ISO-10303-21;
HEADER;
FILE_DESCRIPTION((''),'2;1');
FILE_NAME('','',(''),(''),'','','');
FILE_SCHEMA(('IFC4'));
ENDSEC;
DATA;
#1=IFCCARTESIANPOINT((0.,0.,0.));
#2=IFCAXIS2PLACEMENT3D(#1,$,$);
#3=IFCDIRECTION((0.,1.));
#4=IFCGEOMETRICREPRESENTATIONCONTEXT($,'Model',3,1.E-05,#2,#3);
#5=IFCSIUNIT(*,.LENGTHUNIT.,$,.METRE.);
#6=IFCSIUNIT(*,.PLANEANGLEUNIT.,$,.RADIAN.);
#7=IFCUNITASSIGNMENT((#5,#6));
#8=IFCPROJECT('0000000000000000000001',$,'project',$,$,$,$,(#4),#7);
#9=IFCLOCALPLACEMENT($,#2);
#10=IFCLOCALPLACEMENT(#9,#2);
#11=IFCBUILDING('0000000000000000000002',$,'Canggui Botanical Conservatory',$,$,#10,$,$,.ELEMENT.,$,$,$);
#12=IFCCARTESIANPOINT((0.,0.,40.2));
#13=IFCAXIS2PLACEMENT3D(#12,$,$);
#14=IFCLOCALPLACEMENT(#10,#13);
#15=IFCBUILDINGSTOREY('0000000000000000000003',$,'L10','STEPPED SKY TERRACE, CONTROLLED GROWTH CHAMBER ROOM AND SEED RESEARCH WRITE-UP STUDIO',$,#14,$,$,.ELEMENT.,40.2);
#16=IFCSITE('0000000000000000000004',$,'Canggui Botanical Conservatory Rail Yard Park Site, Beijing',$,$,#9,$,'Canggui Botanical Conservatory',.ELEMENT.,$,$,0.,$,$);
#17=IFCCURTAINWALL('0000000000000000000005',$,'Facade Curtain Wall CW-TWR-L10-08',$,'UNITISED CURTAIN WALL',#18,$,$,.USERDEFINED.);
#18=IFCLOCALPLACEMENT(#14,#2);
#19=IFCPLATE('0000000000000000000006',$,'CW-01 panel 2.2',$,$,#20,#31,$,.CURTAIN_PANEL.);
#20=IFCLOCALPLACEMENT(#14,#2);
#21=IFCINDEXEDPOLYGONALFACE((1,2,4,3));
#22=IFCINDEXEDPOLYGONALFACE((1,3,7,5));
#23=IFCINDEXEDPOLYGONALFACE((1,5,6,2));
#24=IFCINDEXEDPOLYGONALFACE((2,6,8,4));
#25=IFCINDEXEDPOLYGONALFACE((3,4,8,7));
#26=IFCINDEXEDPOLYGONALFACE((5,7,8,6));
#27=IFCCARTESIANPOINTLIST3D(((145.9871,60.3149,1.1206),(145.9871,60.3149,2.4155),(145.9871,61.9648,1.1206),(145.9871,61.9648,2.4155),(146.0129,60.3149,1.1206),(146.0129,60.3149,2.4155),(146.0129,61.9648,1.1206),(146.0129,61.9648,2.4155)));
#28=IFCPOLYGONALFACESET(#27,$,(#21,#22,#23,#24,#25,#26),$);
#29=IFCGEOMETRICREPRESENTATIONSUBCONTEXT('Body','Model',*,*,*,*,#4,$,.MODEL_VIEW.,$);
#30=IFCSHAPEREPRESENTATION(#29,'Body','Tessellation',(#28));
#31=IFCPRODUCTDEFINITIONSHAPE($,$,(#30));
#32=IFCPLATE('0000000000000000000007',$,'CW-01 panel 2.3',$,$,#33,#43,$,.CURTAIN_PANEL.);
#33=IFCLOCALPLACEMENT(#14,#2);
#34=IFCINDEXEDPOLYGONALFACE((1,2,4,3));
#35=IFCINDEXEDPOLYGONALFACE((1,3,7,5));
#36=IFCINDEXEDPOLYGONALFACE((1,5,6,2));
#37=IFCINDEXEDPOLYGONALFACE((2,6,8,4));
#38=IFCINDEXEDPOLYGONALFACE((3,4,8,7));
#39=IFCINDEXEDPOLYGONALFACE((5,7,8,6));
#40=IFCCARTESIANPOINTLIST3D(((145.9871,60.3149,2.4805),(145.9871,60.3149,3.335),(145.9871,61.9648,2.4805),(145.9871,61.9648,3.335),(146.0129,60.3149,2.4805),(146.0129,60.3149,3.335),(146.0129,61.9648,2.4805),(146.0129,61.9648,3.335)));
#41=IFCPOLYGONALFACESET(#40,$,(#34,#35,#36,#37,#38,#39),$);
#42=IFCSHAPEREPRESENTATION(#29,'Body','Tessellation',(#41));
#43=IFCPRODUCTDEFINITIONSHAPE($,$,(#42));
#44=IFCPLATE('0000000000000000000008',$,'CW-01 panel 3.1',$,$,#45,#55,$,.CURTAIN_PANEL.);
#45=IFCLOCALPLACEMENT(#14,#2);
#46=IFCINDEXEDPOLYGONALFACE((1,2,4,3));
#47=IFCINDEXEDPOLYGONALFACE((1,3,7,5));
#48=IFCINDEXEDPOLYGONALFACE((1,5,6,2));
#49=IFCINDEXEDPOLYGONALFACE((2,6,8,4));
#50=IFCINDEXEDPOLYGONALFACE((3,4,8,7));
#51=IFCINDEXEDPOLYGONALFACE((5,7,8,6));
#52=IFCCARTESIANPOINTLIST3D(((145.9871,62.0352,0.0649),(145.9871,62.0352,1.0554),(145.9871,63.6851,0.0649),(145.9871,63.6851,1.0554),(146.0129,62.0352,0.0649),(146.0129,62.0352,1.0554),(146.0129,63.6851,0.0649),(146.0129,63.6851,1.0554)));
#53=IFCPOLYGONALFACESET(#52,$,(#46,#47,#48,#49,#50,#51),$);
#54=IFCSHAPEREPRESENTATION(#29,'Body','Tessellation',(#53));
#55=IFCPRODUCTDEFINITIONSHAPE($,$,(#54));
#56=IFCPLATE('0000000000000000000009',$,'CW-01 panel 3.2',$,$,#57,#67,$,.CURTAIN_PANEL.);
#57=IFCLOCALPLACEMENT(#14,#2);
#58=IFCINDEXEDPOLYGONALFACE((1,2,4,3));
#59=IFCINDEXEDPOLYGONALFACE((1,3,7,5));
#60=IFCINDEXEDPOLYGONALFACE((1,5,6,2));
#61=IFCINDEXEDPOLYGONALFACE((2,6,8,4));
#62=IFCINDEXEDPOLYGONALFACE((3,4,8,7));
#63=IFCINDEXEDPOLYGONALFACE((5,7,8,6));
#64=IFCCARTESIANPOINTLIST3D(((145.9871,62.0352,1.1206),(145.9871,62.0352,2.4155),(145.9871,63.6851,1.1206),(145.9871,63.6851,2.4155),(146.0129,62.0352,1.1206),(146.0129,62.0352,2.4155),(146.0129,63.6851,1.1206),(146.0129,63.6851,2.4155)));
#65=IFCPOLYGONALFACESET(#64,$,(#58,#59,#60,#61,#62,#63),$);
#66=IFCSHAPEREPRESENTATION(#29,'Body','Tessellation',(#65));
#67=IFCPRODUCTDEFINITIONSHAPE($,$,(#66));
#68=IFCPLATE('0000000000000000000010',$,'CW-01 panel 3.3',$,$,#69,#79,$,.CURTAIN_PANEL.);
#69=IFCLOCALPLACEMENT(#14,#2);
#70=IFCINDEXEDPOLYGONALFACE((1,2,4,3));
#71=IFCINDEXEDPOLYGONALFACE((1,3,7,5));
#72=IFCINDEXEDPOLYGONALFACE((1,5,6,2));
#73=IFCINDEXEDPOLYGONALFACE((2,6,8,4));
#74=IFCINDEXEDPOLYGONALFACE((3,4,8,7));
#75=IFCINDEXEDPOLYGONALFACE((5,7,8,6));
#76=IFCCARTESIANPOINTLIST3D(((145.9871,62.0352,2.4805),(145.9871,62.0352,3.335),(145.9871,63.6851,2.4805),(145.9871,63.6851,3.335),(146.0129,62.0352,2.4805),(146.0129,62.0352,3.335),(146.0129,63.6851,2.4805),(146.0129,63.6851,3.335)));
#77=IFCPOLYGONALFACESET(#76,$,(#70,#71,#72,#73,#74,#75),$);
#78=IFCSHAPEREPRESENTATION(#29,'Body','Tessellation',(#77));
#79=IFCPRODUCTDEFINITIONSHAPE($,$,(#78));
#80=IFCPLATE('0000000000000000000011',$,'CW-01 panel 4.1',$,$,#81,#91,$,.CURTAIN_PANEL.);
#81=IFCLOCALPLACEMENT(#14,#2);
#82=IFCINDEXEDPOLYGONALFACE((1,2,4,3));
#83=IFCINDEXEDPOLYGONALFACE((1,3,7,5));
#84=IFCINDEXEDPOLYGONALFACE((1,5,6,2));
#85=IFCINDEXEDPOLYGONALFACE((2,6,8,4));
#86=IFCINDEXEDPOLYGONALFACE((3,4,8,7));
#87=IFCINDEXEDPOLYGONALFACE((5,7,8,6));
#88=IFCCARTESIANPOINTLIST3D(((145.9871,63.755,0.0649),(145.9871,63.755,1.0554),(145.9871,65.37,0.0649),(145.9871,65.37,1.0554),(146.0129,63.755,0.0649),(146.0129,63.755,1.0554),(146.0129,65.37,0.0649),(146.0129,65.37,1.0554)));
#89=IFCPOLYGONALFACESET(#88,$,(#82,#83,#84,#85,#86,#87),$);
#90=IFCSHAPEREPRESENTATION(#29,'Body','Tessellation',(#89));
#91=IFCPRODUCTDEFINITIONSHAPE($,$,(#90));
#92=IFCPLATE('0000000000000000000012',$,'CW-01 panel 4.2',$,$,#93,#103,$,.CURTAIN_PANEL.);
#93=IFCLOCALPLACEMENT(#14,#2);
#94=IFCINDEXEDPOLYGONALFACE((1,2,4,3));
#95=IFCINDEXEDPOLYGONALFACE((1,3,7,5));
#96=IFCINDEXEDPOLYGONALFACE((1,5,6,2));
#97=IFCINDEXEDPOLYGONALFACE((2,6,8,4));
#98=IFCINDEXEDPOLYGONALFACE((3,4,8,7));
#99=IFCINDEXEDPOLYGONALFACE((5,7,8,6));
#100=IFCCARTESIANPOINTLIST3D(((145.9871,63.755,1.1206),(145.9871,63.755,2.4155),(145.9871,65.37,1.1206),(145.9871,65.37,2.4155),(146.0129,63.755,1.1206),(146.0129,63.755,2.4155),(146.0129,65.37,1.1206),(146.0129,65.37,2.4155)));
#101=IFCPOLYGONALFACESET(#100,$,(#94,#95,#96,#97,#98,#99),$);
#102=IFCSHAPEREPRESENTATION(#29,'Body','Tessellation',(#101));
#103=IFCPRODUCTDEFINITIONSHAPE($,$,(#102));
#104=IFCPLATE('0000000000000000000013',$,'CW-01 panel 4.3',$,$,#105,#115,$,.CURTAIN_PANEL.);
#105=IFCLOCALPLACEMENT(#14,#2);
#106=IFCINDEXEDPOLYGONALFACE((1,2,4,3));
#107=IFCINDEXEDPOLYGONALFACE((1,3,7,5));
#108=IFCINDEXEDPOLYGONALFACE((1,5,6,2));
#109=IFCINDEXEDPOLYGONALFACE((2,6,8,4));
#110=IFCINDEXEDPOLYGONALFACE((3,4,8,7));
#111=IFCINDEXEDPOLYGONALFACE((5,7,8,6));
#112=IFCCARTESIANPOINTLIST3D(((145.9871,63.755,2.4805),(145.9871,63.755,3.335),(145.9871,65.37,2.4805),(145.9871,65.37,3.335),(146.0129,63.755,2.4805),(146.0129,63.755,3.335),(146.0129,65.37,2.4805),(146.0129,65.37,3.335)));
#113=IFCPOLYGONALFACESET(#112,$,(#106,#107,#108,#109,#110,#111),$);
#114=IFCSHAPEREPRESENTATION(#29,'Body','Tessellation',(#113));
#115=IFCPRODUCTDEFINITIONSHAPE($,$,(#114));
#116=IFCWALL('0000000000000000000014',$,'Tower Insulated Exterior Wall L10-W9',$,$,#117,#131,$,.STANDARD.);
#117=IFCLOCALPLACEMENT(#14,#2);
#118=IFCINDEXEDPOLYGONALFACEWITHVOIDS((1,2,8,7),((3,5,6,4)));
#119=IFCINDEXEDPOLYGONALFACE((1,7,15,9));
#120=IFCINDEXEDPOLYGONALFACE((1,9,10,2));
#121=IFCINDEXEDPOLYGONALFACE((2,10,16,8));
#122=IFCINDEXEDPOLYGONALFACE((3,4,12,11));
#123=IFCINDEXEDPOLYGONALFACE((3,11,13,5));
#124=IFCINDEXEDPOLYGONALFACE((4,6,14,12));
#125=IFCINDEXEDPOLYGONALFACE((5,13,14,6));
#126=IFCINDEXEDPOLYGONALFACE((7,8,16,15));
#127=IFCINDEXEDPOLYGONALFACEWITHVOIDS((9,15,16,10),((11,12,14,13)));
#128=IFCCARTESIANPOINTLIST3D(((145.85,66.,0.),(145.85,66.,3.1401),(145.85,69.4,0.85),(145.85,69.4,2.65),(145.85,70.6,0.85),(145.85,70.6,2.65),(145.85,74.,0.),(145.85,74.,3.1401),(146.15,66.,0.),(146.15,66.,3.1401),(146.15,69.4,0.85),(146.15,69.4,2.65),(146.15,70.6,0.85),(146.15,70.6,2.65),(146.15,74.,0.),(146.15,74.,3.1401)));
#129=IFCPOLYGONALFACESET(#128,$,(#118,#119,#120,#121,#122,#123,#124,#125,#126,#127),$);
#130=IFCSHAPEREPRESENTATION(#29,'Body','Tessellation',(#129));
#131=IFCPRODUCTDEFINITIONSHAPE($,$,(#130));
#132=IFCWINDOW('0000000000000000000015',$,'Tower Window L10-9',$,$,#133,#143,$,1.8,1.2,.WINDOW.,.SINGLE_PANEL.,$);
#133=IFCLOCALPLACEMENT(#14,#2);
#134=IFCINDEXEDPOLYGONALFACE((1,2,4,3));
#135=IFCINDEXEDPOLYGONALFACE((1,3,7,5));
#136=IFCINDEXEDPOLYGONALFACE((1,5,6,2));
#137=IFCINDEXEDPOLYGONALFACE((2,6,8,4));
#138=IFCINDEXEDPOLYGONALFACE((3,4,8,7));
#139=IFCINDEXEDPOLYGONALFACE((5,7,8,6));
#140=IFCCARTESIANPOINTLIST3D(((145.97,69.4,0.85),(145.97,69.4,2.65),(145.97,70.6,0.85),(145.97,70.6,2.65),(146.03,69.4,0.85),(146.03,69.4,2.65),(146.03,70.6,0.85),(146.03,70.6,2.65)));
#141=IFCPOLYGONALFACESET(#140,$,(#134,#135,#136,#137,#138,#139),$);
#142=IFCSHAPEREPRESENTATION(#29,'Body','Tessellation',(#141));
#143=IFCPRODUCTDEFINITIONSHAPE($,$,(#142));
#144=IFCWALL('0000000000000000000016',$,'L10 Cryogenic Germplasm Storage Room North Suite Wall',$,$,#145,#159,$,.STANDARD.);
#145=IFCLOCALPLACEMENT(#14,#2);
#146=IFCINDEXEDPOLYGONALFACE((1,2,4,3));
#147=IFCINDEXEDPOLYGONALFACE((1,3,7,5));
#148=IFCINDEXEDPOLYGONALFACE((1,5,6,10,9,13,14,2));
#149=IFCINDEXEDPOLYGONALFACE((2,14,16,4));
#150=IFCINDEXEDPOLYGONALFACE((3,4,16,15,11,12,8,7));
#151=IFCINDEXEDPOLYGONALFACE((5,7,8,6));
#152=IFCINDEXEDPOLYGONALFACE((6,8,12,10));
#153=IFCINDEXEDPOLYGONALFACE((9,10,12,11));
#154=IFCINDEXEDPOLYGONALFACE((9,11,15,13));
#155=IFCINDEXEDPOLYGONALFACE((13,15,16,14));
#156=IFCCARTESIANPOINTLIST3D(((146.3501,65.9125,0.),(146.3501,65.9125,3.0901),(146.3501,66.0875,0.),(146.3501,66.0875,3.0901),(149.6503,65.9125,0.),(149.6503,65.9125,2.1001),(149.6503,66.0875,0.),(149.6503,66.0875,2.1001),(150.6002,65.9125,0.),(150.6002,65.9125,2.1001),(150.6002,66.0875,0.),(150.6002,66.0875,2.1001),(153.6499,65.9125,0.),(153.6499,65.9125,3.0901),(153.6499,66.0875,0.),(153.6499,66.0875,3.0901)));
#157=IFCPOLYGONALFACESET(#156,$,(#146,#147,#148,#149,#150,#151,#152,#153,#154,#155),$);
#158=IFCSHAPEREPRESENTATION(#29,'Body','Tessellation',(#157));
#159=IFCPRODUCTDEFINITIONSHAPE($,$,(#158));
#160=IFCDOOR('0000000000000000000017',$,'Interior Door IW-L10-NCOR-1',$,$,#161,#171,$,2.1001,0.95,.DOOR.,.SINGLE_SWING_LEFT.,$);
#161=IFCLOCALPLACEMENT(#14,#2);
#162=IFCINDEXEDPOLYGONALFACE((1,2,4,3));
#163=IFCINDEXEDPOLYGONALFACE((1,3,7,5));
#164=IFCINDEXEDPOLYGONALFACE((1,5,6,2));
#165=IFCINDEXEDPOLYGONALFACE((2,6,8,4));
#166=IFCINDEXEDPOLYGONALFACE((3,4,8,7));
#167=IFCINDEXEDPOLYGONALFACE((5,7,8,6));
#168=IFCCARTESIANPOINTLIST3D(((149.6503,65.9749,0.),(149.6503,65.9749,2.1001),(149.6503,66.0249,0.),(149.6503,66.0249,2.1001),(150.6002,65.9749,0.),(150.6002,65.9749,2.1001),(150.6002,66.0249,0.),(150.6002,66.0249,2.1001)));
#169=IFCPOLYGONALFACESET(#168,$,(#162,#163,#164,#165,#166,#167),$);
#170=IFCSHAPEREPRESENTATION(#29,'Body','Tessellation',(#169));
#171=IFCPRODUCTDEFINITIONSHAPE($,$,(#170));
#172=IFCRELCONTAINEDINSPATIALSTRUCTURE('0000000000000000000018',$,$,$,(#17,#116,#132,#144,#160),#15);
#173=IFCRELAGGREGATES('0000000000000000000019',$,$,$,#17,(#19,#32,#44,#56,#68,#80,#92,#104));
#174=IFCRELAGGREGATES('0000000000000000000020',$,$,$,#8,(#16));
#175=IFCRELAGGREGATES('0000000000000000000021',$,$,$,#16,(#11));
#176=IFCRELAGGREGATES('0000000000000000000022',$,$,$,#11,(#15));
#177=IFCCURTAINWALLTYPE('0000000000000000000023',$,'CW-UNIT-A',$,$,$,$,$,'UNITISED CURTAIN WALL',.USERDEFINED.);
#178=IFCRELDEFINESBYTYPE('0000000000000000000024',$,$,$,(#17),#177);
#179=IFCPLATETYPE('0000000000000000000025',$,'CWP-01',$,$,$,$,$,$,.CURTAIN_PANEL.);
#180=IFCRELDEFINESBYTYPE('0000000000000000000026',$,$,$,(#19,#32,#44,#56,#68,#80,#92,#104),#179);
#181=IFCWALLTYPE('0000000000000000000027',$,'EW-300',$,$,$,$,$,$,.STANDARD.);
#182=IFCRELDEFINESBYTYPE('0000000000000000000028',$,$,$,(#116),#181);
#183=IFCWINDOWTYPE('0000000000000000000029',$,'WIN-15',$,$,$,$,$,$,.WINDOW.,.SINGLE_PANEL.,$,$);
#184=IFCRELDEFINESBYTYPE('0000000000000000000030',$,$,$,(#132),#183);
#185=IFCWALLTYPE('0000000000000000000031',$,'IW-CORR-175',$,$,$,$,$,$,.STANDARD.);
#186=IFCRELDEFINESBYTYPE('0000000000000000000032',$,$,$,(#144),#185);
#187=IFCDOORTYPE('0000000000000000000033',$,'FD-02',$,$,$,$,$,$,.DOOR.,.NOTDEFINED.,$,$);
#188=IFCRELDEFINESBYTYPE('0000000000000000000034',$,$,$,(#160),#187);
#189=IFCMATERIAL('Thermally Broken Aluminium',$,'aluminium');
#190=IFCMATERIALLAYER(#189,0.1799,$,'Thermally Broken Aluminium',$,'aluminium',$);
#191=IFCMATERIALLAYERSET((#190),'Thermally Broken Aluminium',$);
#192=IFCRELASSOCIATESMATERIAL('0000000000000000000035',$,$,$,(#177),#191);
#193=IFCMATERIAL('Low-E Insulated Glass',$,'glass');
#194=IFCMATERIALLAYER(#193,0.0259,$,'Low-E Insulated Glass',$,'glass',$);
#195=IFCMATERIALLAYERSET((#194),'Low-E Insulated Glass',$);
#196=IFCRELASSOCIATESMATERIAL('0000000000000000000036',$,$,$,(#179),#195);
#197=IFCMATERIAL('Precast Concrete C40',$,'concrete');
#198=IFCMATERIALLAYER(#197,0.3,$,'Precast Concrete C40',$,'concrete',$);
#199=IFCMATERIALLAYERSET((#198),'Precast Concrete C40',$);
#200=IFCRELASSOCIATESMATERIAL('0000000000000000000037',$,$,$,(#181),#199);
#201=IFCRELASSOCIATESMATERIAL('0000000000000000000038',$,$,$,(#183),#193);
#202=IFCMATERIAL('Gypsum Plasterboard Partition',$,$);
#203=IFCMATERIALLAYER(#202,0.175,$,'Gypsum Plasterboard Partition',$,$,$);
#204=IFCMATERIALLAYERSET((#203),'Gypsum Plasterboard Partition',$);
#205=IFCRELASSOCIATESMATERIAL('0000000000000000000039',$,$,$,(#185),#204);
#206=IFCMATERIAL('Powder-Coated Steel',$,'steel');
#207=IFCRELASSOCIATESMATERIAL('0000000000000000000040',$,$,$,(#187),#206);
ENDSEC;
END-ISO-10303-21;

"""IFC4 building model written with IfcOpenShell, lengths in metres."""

from ifc_helpers import new_model, si_unit, direction, frame, frame_2d, origin, origin_2d, place, context, subcontext, project, spatial, rectangle, extrude, material, layer, layer_set, type_object, element, fill, aggregate, save


model = new_model("IFC4")

# Units and contexts
model_context = context("Model", 3, precision=1e-05, world=origin(), true_north=direction((0.0, 1.0)))
body_context = subcontext(model_context, "Body", "Model", "MODEL_VIEW")
ifc_project = project(units=[si_unit("LENGTHUNIT", "METRE"), si_unit("PLANEANGLEUNIT", "RADIAN")], contexts=[model_context])

# Site, building, storey
site_placement = place(None, origin())
site = spatial("IfcSite", under=ifc_project, at=site_placement, Name="Canggui Botanical Conservatory Rail Yard Park Site, Beijing", LongName="Canggui Botanical Conservatory", CompositionType="ELEMENT", RefElevation=0.0)
building_placement = place(site_placement, origin())
building = spatial("IfcBuilding", under=site, at=building_placement, Name="Canggui Botanical Conservatory", CompositionType="ELEMENT")
storey_placement = place(building_placement, frame((0.0, 0.0, 40.2)))
storey = spatial("IfcBuildingStorey", under=building, at=storey_placement, Name="L10", Description="STEPPED SKY TERRACE, CONTROLLED GROWTH CHAMBER ROOM AND SEED RESEARCH WRITE-UP STUDIO", CompositionType="ELEMENT", Elevation=40.2)

# Curtain wall
ifc_material_1 = material(Name="Thermally Broken Aluminium", Category="aluminium")
ifc_layer_1 = layer(ifc_material_1, 0.1799, Name="Thermally Broken Aluminium", Category="aluminium")
ifc_layer_set_1 = layer_set([ifc_layer_1], Name="Thermally Broken Aluminium")
curtain_wall_type = type_object("IfcCurtainWallType", Name="CW-UNIT-A", ElementType="UNITISED CURTAIN WALL", PredefinedType="USERDEFINED", material=ifc_layer_set_1)
curtain_wall_1_placement = place(storey_placement, origin())
curtain_wall_1 = element("IfcCurtainWall", 1, at=curtain_wall_1_placement, inside=storey, type_object=curtain_wall_type, Name="Facade Curtain Wall CW-TWR-L10-08", ObjectType="UNITISED CURTAIN WALL", PredefinedType="USERDEFINED")

# Plates
ifc_material_2 = material(Name="Low-E Insulated Glass", Category="glass")
ifc_layer_2 = layer(ifc_material_2, 0.0259, Name="Low-E Insulated Glass", Category="glass")
ifc_layer_set_2 = layer_set([ifc_layer_2], Name="Low-E Insulated Glass")
plate_type = type_object("IfcPlateType", Name="CWP-01", PredefinedType="CURTAIN_PANEL", material=ifc_layer_set_2)
plate_1_placement = place(storey_placement, frame((146.0, 61.1399, 1.1206), z_axis=(0.0, 0.0, 1.0), x_axis=(0.0, 1.0, 0.0)))
plate_1 = element("IfcPlate", 2, at=plate_1_placement, type_object=plate_type, Name="CW-01 panel 2.2", PredefinedType="CURTAIN_PANEL", context=body_context, shape_type="SweptSolid", body=[
    extrude(rectangle(XDim=1.6499, YDim=0.0259, at=origin_2d()), origin(), (0.0, 0.0, 1.0), 1.2949),
])
plate_2_placement = place(storey_placement, frame((146.0, 61.1399, 2.4805), z_axis=(0.0, 0.0, 1.0), x_axis=(0.0, 1.0, 0.0)))
plate_2 = element("IfcPlate", 3, at=plate_2_placement, type_object=plate_type, Name="CW-01 panel 2.3", PredefinedType="CURTAIN_PANEL", context=body_context, shape_type="SweptSolid", body=[
    extrude(rectangle(XDim=1.6499, YDim=0.0259, at=origin_2d()), origin(), (0.0, 0.0, 1.0), 0.8545),
])
plate_3_placement = place(storey_placement, frame((146.0, 62.8601, 0.0649), z_axis=(0.0, 0.0, 1.0), x_axis=(0.0, 1.0, 0.0)))
plate_3 = element("IfcPlate", 4, at=plate_3_placement, type_object=plate_type, Name="CW-01 panel 3.1", PredefinedType="CURTAIN_PANEL", context=body_context, shape_type="SweptSolid", body=[
    extrude(rectangle(XDim=1.6499, YDim=0.0259, at=origin_2d()), origin(), (0.0, 0.0, 1.0), 0.9905),
])
plate_4_placement = place(storey_placement, frame((146.0, 62.8601, 1.1206), z_axis=(0.0, 0.0, 1.0), x_axis=(0.0, 1.0, 0.0)))
plate_4 = element("IfcPlate", 5, at=plate_4_placement, type_object=plate_type, Name="CW-01 panel 3.2", PredefinedType="CURTAIN_PANEL", context=body_context, shape_type="SweptSolid", body=[
    extrude(rectangle(XDim=1.6499, YDim=0.0259, at=origin_2d()), origin(), (0.0, 0.0, 1.0), 1.2949),
])
plate_5_placement = place(storey_placement, frame((146.0, 62.8601, 2.4805), z_axis=(0.0, 0.0, 1.0), x_axis=(0.0, 1.0, 0.0)))
plate_5 = element("IfcPlate", 6, at=plate_5_placement, type_object=plate_type, Name="CW-01 panel 3.3", PredefinedType="CURTAIN_PANEL", context=body_context, shape_type="SweptSolid", body=[
    extrude(rectangle(XDim=1.6499, YDim=0.0259, at=origin_2d()), origin(), (0.0, 0.0, 1.0), 0.8545),
])
plate_6_placement = place(storey_placement, frame((146.0, 64.5625, 0.0649), z_axis=(0.0, 0.0, 1.0), x_axis=(0.0, 1.0, 0.0)))
plate_6 = element("IfcPlate", 7, at=plate_6_placement, type_object=plate_type, Name="CW-01 panel 4.1", PredefinedType="CURTAIN_PANEL", context=body_context, shape_type="SweptSolid", body=[
    extrude(rectangle(XDim=1.615, YDim=0.0259, at=origin_2d()), origin(), (0.0, 0.0, 1.0), 0.9905),
])
plate_7_placement = place(storey_placement, frame((146.0, 64.5625, 1.1206), z_axis=(0.0, 0.0, 1.0), x_axis=(0.0, 1.0, 0.0)))
plate_7 = element("IfcPlate", 8, at=plate_7_placement, type_object=plate_type, Name="CW-01 panel 4.2", PredefinedType="CURTAIN_PANEL", context=body_context, shape_type="SweptSolid", body=[
    extrude(rectangle(XDim=1.615, YDim=0.0259, at=origin_2d()), origin(), (0.0, 0.0, 1.0), 1.2949),
])
plate_8_placement = place(storey_placement, frame((146.0, 64.5625, 2.4805), z_axis=(0.0, 0.0, 1.0), x_axis=(0.0, 1.0, 0.0)))
plate_8 = element("IfcPlate", 9, at=plate_8_placement, type_object=plate_type, Name="CW-01 panel 4.3", PredefinedType="CURTAIN_PANEL", context=body_context, shape_type="SweptSolid", body=[
    extrude(rectangle(XDim=1.615, YDim=0.0259, at=origin_2d()), origin(), (0.0, 0.0, 1.0), 0.8545),
])
aggregate(curtain_wall_1, [plate_1, plate_2, plate_3, plate_4, plate_5, plate_6, plate_7, plate_8])

# Wall, opening, window
ifc_material_3 = material(Name="Precast Concrete C40", Category="concrete")
ifc_layer_3 = layer(ifc_material_3, 0.3, Name="Precast Concrete C40", Category="concrete")
ifc_layer_set_3 = layer_set([ifc_layer_3], Name="Precast Concrete C40")
wall_type_1 = type_object("IfcWallType", Name="EW-300", PredefinedType="STANDARD", material=ifc_layer_set_3)
wall_1_placement = place(storey_placement, frame((146.0, 66.0, 0.0), z_axis=(0.0, 0.0, 1.0), x_axis=(0.0, 1.0, 0.0)))
wall_1 = element("IfcWall", 10, at=wall_1_placement, inside=storey, type_object=wall_type_1, Name="Tower Insulated Exterior Wall L10-W9", PredefinedType="STANDARD", context=body_context, shape_type="SweptSolid", body=[
    extrude(rectangle(XDim=8.0, YDim=0.3, at=frame_2d((4.0, 0.0))), origin(), (0.0, 0.0, 1.0), 3.1401),
])
opening_1_placement = place(wall_1_placement, frame((3.3999, 0.0, 0.8501)))
opening_1 = element("IfcOpeningElement", 11, at=opening_1_placement, cuts=wall_1, PredefinedType="OPENING", context=body_context, shape_type="SweptSolid", body=[
    extrude(rectangle(XDim=1.2, YDim=1.8, at=frame_2d((0.6001, 0.8999))), frame((0.0, 0.1602, 0.0), z_axis=(0.0, -1.0, 0.0), x_axis=(1.0, 0.0, 0.0)), (0.0, 0.0, 1.0), 0.3201),
])
window_type = type_object("IfcWindowType", Name="WIN-15", PartitioningType="SINGLE_PANEL", PredefinedType="WINDOW", material=ifc_material_2)
window_placement = place(opening_1_placement, origin())
window = element("IfcWindow", 12, at=window_placement, inside=storey, type_object=window_type, Name="Tower Window L10-9", OverallHeight=1.8, OverallWidth=1.2, PartitioningType="SINGLE_PANEL", PredefinedType="WINDOW", context=body_context, shape_type="SweptSolid", body=[
    extrude(rectangle(XDim=1.2, YDim=1.8, at=frame_2d((0.6001, 0.8999))), frame((0.0, 0.03, 0.0), z_axis=(0.0, -1.0, 0.0), x_axis=(1.0, 0.0, 0.0)), (0.0, 0.0, 1.0), 0.0601),
])
fill(opening_1, window)

# Wall, opening, door
ifc_material_4 = material(Name="Gypsum Plasterboard Partition")
ifc_layer_4 = layer(ifc_material_4, 0.175, Name="Gypsum Plasterboard Partition")
ifc_layer_set_4 = layer_set([ifc_layer_4], Name="Gypsum Plasterboard Partition")
wall_type_2 = type_object("IfcWallType", Name="IW-CORR-175", PredefinedType="STANDARD", material=ifc_layer_set_4)
wall_2_placement = place(storey_placement, frame((146.3501, 66.0, 0.0), z_axis=(0.0, 0.0, 1.0), x_axis=(1.0, 0.0, 0.0)))
wall_2 = element("IfcWall", 13, at=wall_2_placement, inside=storey, type_object=wall_type_2, Name="L10 Cryogenic Germplasm Storage Room North Suite Wall", PredefinedType="STANDARD", context=body_context, shape_type="SweptSolid", body=[
    extrude(rectangle(XDim=7.2998, YDim=0.175, at=frame_2d((3.6499, 0.0))), origin(), (0.0, 0.0, 1.0), 3.0901),
])
opening_2_placement = place(wall_2_placement, frame((3.3, 0.0, 0.0)))
opening_2 = element("IfcOpeningElement", 14, at=opening_2_placement, cuts=wall_2, PredefinedType="OPENING", context=body_context, shape_type="SweptSolid", body=[
    extrude(rectangle(XDim=0.95, YDim=2.1001, at=frame_2d((0.4751, 1.05))), frame((0.0, 0.0977, 0.0), z_axis=(0.0, -1.0, 0.0), x_axis=(1.0, 0.0, 0.0)), (0.0, 0.0, 1.0), 0.1951),
])
ifc_material_5 = material(Name="Powder-Coated Steel", Category="steel")
door_type = type_object("IfcDoorType", Name="FD-02", OperationType="NOTDEFINED", PredefinedType="DOOR", material=ifc_material_5)
door_placement = place(opening_2_placement, origin())
door = element("IfcDoor", 15, at=door_placement, inside=storey, type_object=door_type, Name="Interior Door IW-L10-NCOR-1", OperationType="SINGLE_SWING_LEFT", OverallHeight=2.1001, OverallWidth=0.95, PredefinedType="DOOR", context=body_context, shape_type="SweptSolid", body=[
    extrude(rectangle(XDim=0.95, YDim=2.1001, at=frame_2d((0.4751, 1.05))), frame((0.0, 0.0249, 0.0), z_axis=(0.0, -1.0, 0.0), x_axis=(1.0, 0.0, 0.0)), (0.0, 0.0, 1.0), 0.05),
])
fill(opening_2, door)

save(model, "model.ifc")
